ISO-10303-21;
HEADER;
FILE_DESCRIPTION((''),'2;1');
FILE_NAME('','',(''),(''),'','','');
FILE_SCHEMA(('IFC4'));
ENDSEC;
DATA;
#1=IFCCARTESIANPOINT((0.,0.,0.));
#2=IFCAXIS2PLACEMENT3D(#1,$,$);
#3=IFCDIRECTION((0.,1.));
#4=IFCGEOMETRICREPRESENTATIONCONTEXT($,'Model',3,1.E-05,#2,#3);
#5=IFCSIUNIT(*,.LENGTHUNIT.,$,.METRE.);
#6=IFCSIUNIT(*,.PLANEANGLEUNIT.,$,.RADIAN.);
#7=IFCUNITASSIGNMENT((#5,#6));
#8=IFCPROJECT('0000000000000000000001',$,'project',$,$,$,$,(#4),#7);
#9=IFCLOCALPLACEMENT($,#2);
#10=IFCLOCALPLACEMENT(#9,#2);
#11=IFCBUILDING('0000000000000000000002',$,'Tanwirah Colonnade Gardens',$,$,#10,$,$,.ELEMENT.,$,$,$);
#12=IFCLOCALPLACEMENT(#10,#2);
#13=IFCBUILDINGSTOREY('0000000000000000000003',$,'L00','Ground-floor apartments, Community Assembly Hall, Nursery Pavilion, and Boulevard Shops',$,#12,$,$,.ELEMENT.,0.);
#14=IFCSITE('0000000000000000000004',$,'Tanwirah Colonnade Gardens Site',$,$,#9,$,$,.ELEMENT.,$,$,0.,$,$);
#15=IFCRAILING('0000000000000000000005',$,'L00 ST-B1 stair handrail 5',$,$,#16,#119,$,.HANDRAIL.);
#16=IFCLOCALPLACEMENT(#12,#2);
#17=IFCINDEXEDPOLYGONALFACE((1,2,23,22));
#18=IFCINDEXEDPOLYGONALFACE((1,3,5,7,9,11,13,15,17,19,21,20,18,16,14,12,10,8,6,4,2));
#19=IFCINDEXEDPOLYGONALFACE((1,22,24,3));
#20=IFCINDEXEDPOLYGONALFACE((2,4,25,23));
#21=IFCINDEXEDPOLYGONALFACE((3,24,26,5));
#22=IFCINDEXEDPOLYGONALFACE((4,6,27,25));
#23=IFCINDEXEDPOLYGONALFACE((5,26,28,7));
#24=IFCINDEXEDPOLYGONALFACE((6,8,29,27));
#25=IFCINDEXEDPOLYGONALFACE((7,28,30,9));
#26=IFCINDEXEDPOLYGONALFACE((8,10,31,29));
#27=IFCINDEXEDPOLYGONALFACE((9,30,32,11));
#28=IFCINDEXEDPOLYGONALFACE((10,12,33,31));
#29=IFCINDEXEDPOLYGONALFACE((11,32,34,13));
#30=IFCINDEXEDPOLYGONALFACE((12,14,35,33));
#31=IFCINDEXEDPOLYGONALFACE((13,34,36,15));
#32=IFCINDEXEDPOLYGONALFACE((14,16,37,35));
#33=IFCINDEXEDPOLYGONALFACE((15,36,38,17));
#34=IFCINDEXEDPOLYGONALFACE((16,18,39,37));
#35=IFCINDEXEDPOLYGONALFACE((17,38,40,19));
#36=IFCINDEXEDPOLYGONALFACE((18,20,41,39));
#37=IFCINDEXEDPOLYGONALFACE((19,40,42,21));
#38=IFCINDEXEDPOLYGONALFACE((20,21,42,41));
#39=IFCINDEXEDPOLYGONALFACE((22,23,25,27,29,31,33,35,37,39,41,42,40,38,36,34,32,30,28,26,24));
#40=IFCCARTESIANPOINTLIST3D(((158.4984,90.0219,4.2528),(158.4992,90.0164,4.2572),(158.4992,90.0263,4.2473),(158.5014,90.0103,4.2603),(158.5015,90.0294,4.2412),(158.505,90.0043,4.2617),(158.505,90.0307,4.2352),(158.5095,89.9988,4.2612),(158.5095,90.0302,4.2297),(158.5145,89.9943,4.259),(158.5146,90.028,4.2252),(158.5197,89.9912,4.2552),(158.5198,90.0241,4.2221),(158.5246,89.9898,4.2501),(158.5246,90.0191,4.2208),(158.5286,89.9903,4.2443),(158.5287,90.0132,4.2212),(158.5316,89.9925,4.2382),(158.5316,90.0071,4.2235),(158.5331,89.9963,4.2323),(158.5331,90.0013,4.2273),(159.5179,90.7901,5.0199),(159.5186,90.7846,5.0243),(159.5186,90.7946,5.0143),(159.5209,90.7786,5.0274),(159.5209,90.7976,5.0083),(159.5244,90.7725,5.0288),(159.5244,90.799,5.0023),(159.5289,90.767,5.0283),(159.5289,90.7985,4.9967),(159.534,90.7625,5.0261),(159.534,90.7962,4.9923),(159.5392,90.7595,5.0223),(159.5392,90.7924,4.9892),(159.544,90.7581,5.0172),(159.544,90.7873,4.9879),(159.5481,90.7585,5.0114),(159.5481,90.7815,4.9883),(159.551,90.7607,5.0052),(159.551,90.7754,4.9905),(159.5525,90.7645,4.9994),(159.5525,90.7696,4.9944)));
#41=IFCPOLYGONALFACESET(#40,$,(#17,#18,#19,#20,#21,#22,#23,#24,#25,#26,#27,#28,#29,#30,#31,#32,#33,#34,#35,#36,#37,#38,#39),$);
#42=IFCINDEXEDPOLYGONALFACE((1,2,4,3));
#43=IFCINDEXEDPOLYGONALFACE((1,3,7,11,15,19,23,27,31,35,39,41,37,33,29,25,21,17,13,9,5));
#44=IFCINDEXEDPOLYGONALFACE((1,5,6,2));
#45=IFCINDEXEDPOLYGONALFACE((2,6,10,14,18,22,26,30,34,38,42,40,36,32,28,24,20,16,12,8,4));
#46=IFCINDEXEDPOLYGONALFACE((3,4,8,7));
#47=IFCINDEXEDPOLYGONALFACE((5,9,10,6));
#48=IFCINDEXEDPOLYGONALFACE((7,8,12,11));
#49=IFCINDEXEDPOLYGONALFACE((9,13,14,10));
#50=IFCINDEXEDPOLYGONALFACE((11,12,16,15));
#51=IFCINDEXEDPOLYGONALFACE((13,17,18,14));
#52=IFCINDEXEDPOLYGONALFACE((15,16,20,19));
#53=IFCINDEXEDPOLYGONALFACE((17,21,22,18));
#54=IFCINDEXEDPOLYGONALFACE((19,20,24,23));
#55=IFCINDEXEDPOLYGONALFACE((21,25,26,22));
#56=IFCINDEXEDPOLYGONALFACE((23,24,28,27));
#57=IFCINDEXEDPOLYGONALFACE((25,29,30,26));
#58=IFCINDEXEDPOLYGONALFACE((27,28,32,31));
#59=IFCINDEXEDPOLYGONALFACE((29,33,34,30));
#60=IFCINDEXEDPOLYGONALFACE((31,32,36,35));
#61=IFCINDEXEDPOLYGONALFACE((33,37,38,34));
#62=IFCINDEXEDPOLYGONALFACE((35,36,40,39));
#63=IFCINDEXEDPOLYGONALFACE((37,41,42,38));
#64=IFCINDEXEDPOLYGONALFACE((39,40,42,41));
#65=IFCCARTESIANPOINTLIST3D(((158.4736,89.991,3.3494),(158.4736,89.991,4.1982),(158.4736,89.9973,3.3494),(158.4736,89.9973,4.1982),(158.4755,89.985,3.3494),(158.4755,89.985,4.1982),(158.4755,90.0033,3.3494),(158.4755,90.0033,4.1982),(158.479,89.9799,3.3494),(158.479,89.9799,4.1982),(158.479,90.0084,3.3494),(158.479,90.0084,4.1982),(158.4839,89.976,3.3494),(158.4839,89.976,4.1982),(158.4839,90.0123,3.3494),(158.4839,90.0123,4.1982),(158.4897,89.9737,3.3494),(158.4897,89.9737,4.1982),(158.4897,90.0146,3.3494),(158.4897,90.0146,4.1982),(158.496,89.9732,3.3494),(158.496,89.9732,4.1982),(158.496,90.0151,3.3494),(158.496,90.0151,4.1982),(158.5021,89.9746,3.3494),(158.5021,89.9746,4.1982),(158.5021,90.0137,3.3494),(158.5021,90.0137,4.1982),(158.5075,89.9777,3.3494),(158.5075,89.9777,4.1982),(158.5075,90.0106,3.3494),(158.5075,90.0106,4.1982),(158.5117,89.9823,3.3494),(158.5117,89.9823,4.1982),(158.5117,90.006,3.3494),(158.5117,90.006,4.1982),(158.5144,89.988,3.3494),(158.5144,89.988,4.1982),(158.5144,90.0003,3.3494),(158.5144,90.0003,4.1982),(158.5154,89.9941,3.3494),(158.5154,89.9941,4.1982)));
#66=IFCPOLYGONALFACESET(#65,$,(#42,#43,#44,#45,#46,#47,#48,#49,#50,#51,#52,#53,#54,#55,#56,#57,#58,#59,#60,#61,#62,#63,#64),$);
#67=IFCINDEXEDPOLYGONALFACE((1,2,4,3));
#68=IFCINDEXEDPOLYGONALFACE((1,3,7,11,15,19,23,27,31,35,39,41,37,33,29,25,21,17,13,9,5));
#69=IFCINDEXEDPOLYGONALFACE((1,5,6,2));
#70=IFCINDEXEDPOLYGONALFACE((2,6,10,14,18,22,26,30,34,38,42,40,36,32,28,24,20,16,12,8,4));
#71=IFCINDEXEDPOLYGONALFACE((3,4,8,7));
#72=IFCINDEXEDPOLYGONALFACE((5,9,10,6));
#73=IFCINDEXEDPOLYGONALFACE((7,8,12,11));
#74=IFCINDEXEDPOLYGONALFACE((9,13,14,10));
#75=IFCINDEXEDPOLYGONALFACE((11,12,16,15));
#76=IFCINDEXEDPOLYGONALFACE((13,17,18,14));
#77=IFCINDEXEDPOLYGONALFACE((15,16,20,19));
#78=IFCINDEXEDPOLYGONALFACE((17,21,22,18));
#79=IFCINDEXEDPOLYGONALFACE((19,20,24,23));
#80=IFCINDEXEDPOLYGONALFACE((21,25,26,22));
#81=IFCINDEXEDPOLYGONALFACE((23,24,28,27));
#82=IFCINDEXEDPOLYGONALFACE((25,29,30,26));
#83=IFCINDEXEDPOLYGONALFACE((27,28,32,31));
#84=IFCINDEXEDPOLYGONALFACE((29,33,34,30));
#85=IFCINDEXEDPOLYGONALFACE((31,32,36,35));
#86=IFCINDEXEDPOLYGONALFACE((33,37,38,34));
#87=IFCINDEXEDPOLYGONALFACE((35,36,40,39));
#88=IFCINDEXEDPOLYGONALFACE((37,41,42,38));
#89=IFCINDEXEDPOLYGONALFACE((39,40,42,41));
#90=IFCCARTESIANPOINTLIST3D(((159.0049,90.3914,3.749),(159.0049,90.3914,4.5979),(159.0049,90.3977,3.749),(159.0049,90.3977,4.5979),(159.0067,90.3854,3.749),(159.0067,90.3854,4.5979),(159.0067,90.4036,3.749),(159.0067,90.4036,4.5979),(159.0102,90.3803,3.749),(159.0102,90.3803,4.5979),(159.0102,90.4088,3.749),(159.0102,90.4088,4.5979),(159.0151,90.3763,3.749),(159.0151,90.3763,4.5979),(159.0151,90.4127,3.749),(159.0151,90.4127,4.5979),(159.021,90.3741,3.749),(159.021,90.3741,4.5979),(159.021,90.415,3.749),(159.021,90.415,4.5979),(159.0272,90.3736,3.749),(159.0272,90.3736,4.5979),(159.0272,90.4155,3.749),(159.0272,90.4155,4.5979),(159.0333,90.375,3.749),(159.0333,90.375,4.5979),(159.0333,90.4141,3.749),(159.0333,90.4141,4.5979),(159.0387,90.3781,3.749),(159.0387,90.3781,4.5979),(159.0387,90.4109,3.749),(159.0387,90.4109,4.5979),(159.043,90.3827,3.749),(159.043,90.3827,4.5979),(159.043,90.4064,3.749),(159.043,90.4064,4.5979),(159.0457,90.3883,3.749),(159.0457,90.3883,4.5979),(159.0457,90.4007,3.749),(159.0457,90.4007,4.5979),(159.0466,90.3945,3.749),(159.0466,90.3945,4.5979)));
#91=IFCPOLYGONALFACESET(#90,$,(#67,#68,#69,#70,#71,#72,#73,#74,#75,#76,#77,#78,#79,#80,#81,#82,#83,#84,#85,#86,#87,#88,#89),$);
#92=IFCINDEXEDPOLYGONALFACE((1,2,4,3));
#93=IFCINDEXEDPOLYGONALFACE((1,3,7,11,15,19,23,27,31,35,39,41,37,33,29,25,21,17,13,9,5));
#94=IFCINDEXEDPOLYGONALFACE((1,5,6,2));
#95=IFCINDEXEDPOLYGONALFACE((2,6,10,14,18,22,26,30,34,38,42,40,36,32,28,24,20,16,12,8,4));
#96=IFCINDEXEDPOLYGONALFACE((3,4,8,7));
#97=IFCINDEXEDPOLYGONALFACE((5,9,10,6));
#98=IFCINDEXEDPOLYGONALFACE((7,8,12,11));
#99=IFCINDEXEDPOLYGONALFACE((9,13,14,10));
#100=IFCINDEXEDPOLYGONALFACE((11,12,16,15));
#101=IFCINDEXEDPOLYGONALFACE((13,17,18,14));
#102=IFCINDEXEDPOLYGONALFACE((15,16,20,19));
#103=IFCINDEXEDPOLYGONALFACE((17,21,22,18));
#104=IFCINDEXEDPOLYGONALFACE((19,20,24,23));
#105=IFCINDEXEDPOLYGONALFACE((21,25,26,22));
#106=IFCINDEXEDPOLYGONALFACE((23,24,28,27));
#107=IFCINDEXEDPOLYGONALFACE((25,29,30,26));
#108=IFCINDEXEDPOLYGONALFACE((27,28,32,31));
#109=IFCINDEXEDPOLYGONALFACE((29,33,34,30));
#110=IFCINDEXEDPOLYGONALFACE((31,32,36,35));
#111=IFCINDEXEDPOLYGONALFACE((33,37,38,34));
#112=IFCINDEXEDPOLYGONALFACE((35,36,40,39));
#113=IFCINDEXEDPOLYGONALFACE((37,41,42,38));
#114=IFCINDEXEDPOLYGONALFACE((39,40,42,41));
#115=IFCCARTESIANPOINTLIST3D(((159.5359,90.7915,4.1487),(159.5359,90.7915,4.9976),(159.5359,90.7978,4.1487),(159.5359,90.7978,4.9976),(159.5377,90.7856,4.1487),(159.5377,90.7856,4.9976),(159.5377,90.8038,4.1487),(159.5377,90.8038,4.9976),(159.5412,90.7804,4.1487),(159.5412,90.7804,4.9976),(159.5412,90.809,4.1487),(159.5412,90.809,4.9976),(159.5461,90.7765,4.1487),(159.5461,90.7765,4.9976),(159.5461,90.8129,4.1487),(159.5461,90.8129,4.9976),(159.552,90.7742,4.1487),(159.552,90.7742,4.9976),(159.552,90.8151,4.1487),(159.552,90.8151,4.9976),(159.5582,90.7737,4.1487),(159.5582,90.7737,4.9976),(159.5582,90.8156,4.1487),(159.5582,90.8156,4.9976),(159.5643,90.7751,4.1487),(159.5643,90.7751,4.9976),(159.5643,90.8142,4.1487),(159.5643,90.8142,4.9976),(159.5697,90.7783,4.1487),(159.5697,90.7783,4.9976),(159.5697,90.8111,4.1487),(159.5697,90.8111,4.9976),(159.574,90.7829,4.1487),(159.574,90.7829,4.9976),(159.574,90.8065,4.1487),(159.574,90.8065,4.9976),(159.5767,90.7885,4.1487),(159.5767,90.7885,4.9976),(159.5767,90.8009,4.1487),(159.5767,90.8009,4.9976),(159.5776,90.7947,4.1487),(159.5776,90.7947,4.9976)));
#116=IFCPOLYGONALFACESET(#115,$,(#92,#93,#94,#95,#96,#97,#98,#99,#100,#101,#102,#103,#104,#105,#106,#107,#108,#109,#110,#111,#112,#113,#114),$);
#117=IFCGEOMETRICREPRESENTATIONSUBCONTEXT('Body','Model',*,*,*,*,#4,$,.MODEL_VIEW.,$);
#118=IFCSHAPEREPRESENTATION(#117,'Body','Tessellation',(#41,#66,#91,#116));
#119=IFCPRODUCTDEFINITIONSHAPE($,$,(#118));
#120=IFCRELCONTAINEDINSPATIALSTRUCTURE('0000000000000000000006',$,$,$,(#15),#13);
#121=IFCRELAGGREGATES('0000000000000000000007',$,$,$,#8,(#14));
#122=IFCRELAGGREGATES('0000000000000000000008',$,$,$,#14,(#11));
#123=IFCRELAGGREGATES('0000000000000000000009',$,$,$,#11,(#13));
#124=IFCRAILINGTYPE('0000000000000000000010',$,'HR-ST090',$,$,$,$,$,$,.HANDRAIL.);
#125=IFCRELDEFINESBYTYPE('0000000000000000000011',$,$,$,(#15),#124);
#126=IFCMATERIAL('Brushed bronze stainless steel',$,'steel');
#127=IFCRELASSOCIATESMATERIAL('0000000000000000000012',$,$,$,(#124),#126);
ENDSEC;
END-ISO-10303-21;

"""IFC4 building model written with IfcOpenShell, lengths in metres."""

from ifc_helpers import new_model, si_unit, direction, frame, origin, origin_2d, place, context, subcontext, project, spatial, circle, extrude, material, type_object, element, save


model = new_model("IFC4")

# Units and contexts
model_context = context("Model", 3, precision=1e-05, world=origin(), true_north=direction((0.0, 1.0)))
body_context = subcontext(model_context, "Body", "Model", "MODEL_VIEW")
ifc_project = project(units=[si_unit("LENGTHUNIT", "METRE"), si_unit("PLANEANGLEUNIT", "RADIAN")], contexts=[model_context])

# Site, building, storey
site_placement = place(None, origin())
site = spatial("IfcSite", under=ifc_project, at=site_placement, Name="Tanwirah Colonnade Gardens Site", CompositionType="ELEMENT", RefElevation=0.0)
building_placement = place(site_placement, origin())
building = spatial("IfcBuilding", under=site, at=building_placement, Name="Tanwirah Colonnade Gardens", CompositionType="ELEMENT")
storey_placement = place(building_placement, origin())
storey = spatial("IfcBuildingStorey", under=building, at=storey_placement, Name="L00", Description="Ground-floor apartments, Community Assembly Hall, Nursery Pavilion, and Boulevard Shops", CompositionType="ELEMENT", Elevation=0.0)

# Railing
ifc_material_1 = material(Name="Brushed bronze stainless steel", Category="steel")
railing_type = type_object("IfcRailingType", Name="HR-ST090", PredefinedType="HANDRAIL", material=ifc_material_1)
railing_1_placement = place(storey_placement, frame((158.4944, 89.9941, 3.3494)))
element("IfcRailing", 1, at=railing_1_placement, inside=storey, type_object=railing_type, Name="L00 ST-B1 stair handrail 5", PredefinedType="HANDRAIL", context=body_context, shape_type="SweptSolid", body=[
    extrude(circle(Radius=0.0239, at=origin_2d()), frame((0.0215, 0.0161, 0.8918), z_axis=(0.684521, 0.515869, 0.515082), x_axis=(-0.601849, 0.79861, 0.0)), (0.0, 0.0, 1.0), 1.4893),
    extrude(circle(Radius=0.021, at=origin_2d()), origin(), (0.0, 0.0, 1.0), 0.8489),
    extrude(circle(Radius=0.021, at=origin_2d()), frame((0.5312, 0.4004, 0.3997)), (0.0, 0.0, 1.0), 0.8489),
    extrude(circle(Radius=0.021, at=origin_2d()), frame((1.0623, 0.8005, 0.7993)), (0.0, 0.0, 1.0), 0.8489),
])

save(model, "model.ifc")
